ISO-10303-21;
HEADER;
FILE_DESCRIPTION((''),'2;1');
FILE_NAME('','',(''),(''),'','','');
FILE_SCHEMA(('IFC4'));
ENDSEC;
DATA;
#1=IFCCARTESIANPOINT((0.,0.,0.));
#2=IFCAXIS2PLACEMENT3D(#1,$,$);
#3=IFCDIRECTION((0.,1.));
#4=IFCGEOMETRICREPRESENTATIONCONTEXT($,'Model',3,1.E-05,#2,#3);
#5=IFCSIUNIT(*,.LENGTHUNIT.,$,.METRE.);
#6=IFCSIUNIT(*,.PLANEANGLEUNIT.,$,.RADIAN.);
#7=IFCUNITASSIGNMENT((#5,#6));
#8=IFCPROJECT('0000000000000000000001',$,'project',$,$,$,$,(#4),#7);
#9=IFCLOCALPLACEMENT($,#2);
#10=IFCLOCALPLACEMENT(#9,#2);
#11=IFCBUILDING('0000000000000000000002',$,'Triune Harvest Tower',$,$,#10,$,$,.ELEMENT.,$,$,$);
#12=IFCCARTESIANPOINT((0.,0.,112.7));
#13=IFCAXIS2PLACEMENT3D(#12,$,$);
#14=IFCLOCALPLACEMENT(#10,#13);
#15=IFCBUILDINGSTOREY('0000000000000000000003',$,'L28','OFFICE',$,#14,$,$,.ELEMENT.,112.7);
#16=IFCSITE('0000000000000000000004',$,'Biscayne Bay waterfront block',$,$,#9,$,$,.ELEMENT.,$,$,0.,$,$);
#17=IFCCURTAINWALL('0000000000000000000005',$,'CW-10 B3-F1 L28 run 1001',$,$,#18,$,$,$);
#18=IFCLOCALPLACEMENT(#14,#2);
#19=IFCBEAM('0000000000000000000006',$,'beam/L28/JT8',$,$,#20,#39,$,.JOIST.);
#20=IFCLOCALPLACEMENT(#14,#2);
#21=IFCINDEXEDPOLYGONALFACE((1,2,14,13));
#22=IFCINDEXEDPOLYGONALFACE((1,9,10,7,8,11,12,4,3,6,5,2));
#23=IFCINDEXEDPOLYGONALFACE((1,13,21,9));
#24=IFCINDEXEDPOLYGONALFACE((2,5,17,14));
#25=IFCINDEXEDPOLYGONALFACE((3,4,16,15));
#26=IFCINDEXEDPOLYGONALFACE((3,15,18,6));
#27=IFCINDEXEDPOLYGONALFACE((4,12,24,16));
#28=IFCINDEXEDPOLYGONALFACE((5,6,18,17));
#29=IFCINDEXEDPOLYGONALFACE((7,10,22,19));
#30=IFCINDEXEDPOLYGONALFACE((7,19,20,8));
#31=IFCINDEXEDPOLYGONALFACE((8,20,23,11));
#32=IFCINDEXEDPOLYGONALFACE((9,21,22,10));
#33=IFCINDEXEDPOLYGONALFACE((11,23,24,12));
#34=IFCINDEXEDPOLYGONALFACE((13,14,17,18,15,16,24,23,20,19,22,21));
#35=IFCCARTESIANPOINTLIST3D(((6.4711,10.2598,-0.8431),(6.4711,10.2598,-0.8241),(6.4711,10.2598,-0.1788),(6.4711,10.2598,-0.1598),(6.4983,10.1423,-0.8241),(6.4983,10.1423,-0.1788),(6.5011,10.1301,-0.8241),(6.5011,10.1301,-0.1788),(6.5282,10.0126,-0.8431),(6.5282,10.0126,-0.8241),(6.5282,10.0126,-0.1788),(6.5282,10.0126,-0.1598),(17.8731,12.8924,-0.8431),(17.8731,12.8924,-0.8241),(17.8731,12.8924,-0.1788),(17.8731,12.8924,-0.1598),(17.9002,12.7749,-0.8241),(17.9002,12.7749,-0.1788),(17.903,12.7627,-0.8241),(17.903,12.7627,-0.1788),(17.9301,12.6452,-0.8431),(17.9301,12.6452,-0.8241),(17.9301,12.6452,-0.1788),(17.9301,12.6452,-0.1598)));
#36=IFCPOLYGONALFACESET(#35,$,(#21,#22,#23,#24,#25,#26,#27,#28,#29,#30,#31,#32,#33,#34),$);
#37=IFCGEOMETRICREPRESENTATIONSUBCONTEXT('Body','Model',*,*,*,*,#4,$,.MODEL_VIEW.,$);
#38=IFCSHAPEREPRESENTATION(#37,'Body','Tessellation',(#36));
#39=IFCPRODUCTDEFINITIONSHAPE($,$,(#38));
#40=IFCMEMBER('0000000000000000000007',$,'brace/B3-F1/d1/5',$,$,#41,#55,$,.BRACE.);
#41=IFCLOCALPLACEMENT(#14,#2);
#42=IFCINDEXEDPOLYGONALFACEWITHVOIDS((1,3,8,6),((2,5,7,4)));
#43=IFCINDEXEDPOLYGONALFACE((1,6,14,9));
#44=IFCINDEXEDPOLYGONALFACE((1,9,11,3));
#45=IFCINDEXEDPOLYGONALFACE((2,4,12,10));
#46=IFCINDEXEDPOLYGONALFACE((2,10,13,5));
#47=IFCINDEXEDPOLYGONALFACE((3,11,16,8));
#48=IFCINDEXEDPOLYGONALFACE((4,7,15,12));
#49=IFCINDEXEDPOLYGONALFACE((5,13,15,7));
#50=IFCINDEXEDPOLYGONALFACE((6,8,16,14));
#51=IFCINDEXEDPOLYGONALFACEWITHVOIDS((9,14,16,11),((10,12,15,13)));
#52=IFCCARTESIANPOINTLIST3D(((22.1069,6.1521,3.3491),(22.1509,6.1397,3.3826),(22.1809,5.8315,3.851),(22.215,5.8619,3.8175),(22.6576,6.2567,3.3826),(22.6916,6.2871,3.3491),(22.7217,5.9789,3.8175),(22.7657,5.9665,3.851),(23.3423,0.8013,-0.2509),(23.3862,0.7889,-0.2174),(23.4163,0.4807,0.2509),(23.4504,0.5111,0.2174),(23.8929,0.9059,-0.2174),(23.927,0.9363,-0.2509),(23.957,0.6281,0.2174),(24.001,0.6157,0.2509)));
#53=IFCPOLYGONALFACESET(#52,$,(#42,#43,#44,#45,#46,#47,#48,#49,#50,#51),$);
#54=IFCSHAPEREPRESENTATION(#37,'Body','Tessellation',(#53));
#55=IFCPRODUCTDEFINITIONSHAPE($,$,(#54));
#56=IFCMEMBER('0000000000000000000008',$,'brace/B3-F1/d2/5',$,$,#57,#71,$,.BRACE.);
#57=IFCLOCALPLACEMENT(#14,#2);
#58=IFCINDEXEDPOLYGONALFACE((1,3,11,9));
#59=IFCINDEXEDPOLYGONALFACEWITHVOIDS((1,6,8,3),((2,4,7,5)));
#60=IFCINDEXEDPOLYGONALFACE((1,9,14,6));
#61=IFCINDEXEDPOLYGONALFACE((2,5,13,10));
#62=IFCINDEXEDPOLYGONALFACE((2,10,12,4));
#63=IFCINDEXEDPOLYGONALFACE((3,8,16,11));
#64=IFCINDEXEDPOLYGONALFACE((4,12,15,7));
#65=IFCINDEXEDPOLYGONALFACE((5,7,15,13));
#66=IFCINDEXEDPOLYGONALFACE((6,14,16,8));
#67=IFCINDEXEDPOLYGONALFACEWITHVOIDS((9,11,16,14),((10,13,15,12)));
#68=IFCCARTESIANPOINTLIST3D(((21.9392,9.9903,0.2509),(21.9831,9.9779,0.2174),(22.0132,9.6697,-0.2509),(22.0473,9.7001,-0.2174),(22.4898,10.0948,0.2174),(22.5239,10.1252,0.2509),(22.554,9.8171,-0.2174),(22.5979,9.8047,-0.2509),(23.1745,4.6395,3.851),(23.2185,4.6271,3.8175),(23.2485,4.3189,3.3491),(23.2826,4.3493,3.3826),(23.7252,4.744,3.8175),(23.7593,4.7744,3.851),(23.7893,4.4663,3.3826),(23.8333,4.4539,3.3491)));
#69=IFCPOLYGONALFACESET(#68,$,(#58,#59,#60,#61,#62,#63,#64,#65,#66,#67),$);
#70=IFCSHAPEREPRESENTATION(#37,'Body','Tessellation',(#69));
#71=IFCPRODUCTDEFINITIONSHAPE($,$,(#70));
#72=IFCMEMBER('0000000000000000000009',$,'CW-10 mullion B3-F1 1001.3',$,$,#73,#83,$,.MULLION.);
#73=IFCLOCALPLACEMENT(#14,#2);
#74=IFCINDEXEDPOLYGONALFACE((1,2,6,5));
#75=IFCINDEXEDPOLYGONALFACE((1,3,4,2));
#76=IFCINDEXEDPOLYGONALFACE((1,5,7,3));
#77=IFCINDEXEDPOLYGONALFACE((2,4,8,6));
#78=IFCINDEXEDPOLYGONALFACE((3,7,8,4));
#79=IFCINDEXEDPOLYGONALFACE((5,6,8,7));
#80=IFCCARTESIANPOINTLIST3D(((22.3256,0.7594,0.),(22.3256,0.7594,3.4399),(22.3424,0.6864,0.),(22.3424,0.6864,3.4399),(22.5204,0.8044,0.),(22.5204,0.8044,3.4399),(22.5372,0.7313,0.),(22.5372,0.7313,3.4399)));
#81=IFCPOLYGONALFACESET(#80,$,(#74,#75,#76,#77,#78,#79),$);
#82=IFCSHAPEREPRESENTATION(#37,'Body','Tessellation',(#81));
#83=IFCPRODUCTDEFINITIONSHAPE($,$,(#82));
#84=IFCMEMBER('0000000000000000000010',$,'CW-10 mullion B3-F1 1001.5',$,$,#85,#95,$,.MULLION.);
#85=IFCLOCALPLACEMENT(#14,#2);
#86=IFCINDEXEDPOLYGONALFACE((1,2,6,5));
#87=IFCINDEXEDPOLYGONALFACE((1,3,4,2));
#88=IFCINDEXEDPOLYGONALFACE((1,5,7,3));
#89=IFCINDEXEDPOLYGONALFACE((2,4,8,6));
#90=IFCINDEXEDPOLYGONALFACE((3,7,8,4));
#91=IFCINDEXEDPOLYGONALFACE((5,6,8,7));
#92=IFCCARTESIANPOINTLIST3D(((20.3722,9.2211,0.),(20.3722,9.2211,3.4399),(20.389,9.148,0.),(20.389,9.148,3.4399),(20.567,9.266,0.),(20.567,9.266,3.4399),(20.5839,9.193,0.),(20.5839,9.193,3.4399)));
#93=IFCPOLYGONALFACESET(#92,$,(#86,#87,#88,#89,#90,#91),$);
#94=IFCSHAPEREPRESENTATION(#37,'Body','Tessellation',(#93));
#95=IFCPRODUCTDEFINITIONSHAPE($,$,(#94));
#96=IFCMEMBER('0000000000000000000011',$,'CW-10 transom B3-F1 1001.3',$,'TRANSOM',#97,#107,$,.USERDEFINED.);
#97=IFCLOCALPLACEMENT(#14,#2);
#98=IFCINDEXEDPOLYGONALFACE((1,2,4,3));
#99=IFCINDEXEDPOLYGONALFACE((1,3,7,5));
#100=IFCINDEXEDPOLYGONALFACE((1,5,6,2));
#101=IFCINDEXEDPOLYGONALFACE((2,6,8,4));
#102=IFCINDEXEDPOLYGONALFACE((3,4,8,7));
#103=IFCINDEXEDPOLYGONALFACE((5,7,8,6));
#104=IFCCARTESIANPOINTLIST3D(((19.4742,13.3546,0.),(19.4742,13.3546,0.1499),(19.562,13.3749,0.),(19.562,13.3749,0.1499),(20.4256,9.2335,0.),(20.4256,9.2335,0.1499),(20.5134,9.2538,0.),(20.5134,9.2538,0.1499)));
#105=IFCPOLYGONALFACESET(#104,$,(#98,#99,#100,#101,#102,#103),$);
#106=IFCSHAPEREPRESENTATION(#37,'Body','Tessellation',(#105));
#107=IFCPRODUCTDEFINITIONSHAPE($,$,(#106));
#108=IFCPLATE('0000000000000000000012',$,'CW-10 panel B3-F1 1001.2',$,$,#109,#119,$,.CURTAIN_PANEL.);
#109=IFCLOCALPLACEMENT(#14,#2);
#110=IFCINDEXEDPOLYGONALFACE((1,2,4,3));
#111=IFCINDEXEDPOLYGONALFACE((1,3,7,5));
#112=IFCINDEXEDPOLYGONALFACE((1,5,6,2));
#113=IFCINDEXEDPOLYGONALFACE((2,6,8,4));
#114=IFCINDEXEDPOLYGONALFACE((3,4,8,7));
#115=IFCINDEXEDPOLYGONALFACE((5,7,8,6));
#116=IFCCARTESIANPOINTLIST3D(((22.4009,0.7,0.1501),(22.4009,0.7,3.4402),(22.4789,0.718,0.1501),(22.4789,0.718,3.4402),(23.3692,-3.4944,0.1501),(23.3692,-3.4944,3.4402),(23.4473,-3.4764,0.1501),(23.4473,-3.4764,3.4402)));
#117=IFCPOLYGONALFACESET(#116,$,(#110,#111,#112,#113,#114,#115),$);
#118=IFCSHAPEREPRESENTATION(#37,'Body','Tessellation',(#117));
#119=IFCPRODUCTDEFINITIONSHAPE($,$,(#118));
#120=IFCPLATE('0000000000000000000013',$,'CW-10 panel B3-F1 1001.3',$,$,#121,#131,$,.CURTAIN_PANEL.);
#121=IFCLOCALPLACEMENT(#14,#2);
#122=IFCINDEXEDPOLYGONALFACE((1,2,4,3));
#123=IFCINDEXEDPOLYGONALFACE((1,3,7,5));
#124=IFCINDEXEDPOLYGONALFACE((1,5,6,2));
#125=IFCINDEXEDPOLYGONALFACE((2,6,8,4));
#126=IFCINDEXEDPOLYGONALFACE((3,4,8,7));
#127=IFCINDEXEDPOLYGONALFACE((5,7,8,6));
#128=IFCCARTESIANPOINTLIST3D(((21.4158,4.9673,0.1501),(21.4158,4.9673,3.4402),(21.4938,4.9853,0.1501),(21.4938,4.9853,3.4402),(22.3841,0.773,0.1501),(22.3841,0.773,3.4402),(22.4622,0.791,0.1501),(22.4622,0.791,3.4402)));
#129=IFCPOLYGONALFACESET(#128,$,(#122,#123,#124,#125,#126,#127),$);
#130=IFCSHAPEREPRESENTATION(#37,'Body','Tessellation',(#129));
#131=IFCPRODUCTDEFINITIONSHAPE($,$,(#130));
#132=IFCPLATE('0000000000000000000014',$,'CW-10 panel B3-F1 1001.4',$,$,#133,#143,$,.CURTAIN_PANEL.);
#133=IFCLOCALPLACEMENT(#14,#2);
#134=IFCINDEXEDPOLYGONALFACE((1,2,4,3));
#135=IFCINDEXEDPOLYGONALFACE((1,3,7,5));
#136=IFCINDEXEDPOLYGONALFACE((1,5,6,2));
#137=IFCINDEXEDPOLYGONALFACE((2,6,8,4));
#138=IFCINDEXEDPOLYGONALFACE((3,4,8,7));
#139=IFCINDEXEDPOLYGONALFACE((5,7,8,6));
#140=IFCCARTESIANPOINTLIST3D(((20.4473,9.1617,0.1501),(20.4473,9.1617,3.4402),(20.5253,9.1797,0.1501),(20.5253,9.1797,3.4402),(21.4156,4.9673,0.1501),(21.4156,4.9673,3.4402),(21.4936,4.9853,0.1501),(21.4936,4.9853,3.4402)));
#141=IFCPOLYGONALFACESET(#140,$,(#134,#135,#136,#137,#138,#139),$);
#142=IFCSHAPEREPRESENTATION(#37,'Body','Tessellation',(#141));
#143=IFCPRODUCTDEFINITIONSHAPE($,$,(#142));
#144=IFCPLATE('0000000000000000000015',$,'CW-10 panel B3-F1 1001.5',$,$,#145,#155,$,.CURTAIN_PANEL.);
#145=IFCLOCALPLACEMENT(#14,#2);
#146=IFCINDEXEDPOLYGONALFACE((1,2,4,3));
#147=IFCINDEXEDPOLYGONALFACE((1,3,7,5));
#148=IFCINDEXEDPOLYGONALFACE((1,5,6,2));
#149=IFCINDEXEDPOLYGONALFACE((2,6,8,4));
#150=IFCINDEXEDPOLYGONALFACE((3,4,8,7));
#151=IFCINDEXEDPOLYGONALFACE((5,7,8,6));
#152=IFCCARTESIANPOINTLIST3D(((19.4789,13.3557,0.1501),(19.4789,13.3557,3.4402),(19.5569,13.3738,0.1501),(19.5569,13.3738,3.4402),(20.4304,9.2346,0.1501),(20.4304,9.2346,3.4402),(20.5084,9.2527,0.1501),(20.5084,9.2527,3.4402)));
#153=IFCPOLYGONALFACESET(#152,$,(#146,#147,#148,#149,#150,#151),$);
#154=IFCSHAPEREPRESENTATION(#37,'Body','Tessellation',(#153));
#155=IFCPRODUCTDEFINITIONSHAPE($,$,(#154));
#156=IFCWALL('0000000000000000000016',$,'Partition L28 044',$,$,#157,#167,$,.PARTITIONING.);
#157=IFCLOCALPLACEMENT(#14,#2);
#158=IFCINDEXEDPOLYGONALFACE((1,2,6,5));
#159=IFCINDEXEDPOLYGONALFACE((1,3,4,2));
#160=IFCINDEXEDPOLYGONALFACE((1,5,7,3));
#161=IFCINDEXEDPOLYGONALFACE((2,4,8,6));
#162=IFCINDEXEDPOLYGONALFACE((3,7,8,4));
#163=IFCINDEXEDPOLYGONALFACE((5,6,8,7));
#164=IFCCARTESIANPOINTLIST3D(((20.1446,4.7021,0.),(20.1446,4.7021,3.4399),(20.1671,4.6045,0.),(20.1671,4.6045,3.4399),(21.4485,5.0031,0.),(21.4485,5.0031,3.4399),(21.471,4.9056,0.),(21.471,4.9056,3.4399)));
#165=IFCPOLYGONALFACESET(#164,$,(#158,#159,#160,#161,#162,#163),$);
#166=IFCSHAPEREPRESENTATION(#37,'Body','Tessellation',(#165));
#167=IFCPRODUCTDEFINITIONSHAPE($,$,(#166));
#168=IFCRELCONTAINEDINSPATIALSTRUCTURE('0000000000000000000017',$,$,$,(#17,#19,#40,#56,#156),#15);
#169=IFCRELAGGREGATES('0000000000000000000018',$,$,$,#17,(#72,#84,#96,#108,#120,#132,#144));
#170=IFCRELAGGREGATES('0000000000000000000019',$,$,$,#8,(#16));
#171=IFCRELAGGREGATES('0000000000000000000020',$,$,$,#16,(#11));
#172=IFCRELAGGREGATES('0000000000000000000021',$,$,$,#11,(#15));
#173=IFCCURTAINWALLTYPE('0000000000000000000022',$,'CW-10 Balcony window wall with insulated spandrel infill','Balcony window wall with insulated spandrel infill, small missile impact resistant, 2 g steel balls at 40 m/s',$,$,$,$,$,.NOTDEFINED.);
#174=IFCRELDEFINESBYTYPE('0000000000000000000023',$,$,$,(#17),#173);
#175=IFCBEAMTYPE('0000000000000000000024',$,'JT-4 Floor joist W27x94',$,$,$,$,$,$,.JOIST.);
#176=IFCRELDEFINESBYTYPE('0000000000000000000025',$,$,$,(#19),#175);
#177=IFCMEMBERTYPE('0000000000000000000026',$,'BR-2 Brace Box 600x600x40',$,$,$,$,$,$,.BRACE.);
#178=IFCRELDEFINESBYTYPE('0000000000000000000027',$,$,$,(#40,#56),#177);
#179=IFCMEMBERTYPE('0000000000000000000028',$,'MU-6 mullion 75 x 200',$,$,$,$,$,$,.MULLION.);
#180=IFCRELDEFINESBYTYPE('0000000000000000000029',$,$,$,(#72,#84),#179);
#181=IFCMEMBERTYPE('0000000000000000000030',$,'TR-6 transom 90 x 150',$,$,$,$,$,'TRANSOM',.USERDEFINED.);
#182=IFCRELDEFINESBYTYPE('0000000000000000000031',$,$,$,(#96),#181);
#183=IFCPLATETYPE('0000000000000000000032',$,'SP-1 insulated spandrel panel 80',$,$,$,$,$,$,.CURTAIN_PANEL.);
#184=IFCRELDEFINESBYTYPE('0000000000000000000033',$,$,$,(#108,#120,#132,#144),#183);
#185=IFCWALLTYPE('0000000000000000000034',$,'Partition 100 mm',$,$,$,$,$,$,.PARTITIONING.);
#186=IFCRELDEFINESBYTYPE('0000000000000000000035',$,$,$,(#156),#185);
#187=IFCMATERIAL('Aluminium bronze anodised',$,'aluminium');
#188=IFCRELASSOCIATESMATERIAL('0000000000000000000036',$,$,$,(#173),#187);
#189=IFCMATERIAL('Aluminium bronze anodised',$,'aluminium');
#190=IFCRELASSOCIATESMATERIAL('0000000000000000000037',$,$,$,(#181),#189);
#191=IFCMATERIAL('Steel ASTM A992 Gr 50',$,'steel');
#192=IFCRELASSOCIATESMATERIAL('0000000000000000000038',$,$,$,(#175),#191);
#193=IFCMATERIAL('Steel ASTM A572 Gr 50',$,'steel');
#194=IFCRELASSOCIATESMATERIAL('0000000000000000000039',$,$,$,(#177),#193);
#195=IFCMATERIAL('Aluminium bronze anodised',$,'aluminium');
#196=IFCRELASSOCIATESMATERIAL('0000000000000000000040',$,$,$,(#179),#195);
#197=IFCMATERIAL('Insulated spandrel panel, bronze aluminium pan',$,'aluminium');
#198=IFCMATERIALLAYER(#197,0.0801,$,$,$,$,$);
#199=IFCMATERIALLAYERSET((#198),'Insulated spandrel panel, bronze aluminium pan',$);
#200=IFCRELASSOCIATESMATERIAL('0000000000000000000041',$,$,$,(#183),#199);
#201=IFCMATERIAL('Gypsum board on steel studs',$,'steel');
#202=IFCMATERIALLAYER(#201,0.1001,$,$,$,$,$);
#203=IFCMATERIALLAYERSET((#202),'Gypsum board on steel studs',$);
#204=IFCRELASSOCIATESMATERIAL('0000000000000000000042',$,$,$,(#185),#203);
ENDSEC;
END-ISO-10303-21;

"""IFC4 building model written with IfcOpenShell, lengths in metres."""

from ifc_helpers import new_model, si_unit, direction, frame, frame_2d, origin, origin_2d, place, context, subcontext, project, spatial, rectangle, hollow_rectangle, i_section, extrude, source, transform, mapped, material, layer, layer_set, material_profile, profile_set, type_object, element, aggregate, save


model = new_model("IFC4")

# Units and contexts
model_context = context("Model", 3, precision=1e-05, world=origin(), true_north=direction((0.0, 1.0)))
body_context = subcontext(model_context, "Body", "Model", "MODEL_VIEW")
ifc_project = project(units=[si_unit("LENGTHUNIT", "METRE"), si_unit("PLANEANGLEUNIT", "RADIAN")], contexts=[model_context])

# Site, building, storey
site_placement = place(None, origin())
site = spatial("IfcSite", under=ifc_project, at=site_placement, Name="Biscayne Bay waterfront block", CompositionType="ELEMENT", RefElevation=0.0)
building_placement = place(site_placement, origin())
building = spatial("IfcBuilding", under=site, at=building_placement, Name="Triune Harvest Tower", CompositionType="ELEMENT")
storey_placement = place(building_placement, frame((0.0, 0.0, 112.7)))
storey = spatial("IfcBuildingStorey", under=building, at=storey_placement, Name="L28", Description="OFFICE", CompositionType="ELEMENT", Elevation=112.7)

# Curtain wall
ifc_material_1 = material(Name="Aluminium bronze anodised", Category="aluminium")
curtain_wall_type = type_object("IfcCurtainWallType", Name="CW-10 Balcony window wall with insulated spandrel infill", Description="Balcony window wall with insulated spandrel infill, small missile impact resistant, 2 g steel balls at 40 m/s", PredefinedType="NOTDEFINED", material=ifc_material_1)
curtain_wall_placement = place(storey_placement, origin())
curtain_wall = element("IfcCurtainWall", 1, at=curtain_wall_placement, inside=storey, type_object=curtain_wall_type, Name="CW-10 B3-F1 L28 run 1001")
ifc_material_2 = material(Name="Aluminium bronze anodised", Category="aluminium")
ifc_material_profile_1 = material_profile(ifc_material_2, rectangle(XDim=0.0901, YDim=0.1499, at=origin_2d()), Name="TR-6 transom 90 x 150")
ifc_profile_set_1 = profile_set([ifc_material_profile_1], Name="Aluminium bronze anodised")
member_type_1 = type_object("IfcMemberType", Name="TR-6 transom 90 x 150", ElementType="TRANSOM", PredefinedType="USERDEFINED", material=ifc_profile_set_1)

# Beam
ifc_material_3 = material(Name="Steel ASTM A992 Gr 50", Category="steel")
ifc_material_profile_2 = material_profile(ifc_material_3, i_section(OverallWidth=0.2537, OverallDepth=0.6833, WebThickness=0.0125, FlangeThickness=0.019, at=origin_2d()), Name="W27x94")
ifc_profile_set_2 = profile_set([ifc_material_profile_2], Name="Steel ASTM A992 Gr 50")
beam_type_1 = type_object("IfcBeamType", Name="JT-4 Floor joist W27x94", PredefinedType="JOIST", material=ifc_profile_set_2)
shared_shape_1 = source(origin(), body_context, "Body", "SweptSolid", [
    extrude(i_section(OverallWidth=0.2537, OverallDepth=0.6833, WebThickness=0.0125, FlangeThickness=0.019, at=origin_2d()), origin(), (0.0, 0.0, 1.0), 11.7019),
])
beam_1_placement = place(storey_placement, frame((17.9016, 12.7688, -0.5015), z_axis=(-0.974366, -0.224971, 0.0), x_axis=(0.224971, -0.974366, 0.0)))
element("IfcBeam", 2, at=beam_1_placement, inside=storey, type_object=beam_type_1, Name="beam/L28/JT8", PredefinedType="JOIST", context=body_context, shape_type="MappedRepresentation", body=[
    mapped(shared_shape_1, transform((0.0, 0.0, 0.0), scale=1.0)),
])

# Members
ifc_material_4 = material(Name="Steel ASTM A572 Gr 50", Category="steel")
ifc_material_profile_3 = material_profile(ifc_material_4, hollow_rectangle(XDim=0.6001, YDim=0.6001, WallThickness=0.04, at=origin_2d()), Name="Box 600x600x40")
ifc_profile_set_3 = profile_set([ifc_material_profile_3], Name="Steel ASTM A572 Gr 50")
member_type_2 = type_object("IfcMemberType", Name="BR-2 Brace Box 600x600x40", PredefinedType="BRACE", material=ifc_profile_set_3)
shared_shape_2 = source(origin(), body_context, "Body", "SweptSolid", [
    extrude(hollow_rectangle(XDim=0.6001, YDim=0.6001, WallThickness=0.04, at=origin_2d()), origin(), (0.0, 0.0, 1.0), 6.5664),
])
for number, where, z_axis, x_axis, name in (
    (3, (23.6716, 0.7085, 0.0), (-0.188131, 0.814875, 0.548257), (-0.974369, -0.224954, 0.0), "brace/B3-F1/d1/5"),
    (4, (22.2686, 9.8975, 0.0), (0.188131, -0.814875, 0.548257), (0.974369, 0.224954, 0.0), "brace/B3-F1/d2/5"),
):
    element("IfcMember", number, at=place(storey_placement, frame(where, z_axis=z_axis, x_axis=x_axis)), inside=storey, type_object=member_type_2, Name=name, PredefinedType="BRACE", context=body_context, shape_type="MappedRepresentation", body=[
        mapped(shared_shape_2, transform((0.0, 0.0, 0.0), scale=1.0)),
    ])

# Members
ifc_material_5 = material(Name="Aluminium bronze anodised", Category="aluminium")
ifc_material_profile_4 = material_profile(ifc_material_5, rectangle(XDim=0.2, YDim=0.075, at=origin_2d()), Name="MU-6 mullion 75 x 200")
ifc_profile_set_4 = profile_set([ifc_material_profile_4], Name="Aluminium bronze anodised")
member_type_3 = type_object("IfcMemberType", Name="MU-6 mullion 75 x 200", PredefinedType="MULLION", material=ifc_profile_set_4)
shared_shape_3 = source(origin(), body_context, "Body", "SweptSolid", [
    extrude(rectangle(XDim=0.2, YDim=0.075, at=origin_2d()), origin(), (0.0, 0.0, 1.0), 3.4399),
])
member_1_placement = place(storey_placement, frame((22.4314, 0.7454, 0.0), z_axis=(0.0, 0.0, 1.0), x_axis=(-0.97437, -0.224952, 0.0)))
member_1 = element("IfcMember", 5, at=member_1_placement, type_object=member_type_3, Name="CW-10 mullion B3-F1 1001.3", PredefinedType="MULLION", context=body_context, shape_type="MappedRepresentation", body=[
    mapped(shared_shape_3, transform((0.0, 0.0, 0.0), scale=1.0)),
])
member_2_placement = place(storey_placement, frame((20.478, 9.207, 0.0), z_axis=(0.0, 0.0, 1.0), x_axis=(-0.97437, -0.224952, 0.0)))
member_2 = element("IfcMember", 6, at=member_2_placement, type_object=member_type_3, Name="CW-10 mullion B3-F1 1001.5", PredefinedType="MULLION", context=body_context, shape_type="MappedRepresentation", body=[
    mapped(shared_shape_3, transform((0.0, 0.0, 0.0), scale=1.0)),
])
shared_shape_4 = source(origin(), body_context, "Body", "SweptSolid", [
    extrude(rectangle(XDim=0.0901, YDim=0.1499, at=origin_2d()), origin(), (0.0, 0.0, 1.0), 4.2295),
])
member_3_placement = place(storey_placement, frame((20.4695, 9.2437, 0.075), z_axis=(-0.224948, 0.974371, 0.0), x_axis=(-0.974371, -0.224948, 0.0)))
member_3 = element("IfcMember", 7, at=member_3_placement, type_object=member_type_1, Name="CW-10 transom B3-F1 1001.3", ObjectType="TRANSOM", PredefinedType="USERDEFINED", context=body_context, shape_type="MappedRepresentation", body=[
    mapped(shared_shape_4, transform((0.0, 0.0, 0.0), scale=1.0)),
])

# Plates
ifc_material_6 = material(Name="Insulated spandrel panel, bronze aluminium pan", Category="aluminium")
ifc_layer_1 = layer(ifc_material_6, 0.0801)
ifc_layer_set_1 = layer_set([ifc_layer_1], Name="Insulated spandrel panel, bronze aluminium pan")
plate_type = type_object("IfcPlateType", Name="SP-1 insulated spandrel panel 80", PredefinedType="CURTAIN_PANEL", material=ifc_layer_set_1)
shared_shape_5 = source(origin(), body_context, "Body", "SweptSolid", [
    extrude(rectangle(XDim=4.3047, YDim=0.0801, at=origin_2d()), origin(), (0.0, 0.0, 1.0), 3.29),
])
plate_1_placement = place(storey_placement, frame((22.9241, -1.3882, 0.1501), z_axis=(0.0, 0.0, 1.0), x_axis=(-0.224952, 0.97437, 0.0)))
plate_1 = element("IfcPlate", 8, at=plate_1_placement, type_object=plate_type, Name="CW-10 panel B3-F1 1001.2", PredefinedType="CURTAIN_PANEL", context=body_context, shape_type="MappedRepresentation", body=[
    mapped(shared_shape_5, transform((0.0, 0.0, 0.0), scale=1.0)),
])
plate_2_placement = place(storey_placement, frame((21.939, 2.8792, 0.1501), z_axis=(0.0, 0.0, 1.0), x_axis=(-0.224952, 0.97437, 0.0)))
plate_2 = element("IfcPlate", 9, at=plate_2_placement, type_object=plate_type, Name="CW-10 panel B3-F1 1001.3", PredefinedType="CURTAIN_PANEL", context=body_context, shape_type="MappedRepresentation", body=[
    mapped(shared_shape_5, transform((0.0, 0.0, 0.0), scale=1.0)),
])
plate_3_placement = place(storey_placement, frame((20.9705, 7.0735, 0.1501), z_axis=(0.0, 0.0, 1.0), x_axis=(-0.224952, 0.97437, 0.0)))
plate_3 = element("IfcPlate", 10, at=plate_3_placement, type_object=plate_type, Name="CW-10 panel B3-F1 1001.4", PredefinedType="CURTAIN_PANEL", context=body_context, shape_type="MappedRepresentation", body=[
    mapped(shared_shape_5, transform((0.0, 0.0, 0.0), scale=1.0)),
])
shared_shape_6 = source(origin(), body_context, "Body", "SweptSolid", [
    extrude(rectangle(XDim=4.2295, YDim=0.0801, at=origin_2d()), origin(), (0.0, 0.0, 1.0), 3.29),
])
plate_4_placement = place(storey_placement, frame((19.9937, 11.3042, 0.1501), z_axis=(0.0, 0.0, 1.0), x_axis=(-0.224952, 0.97437, 0.0)))
plate_4 = element("IfcPlate", 11, at=plate_4_placement, type_object=plate_type, Name="CW-10 panel B3-F1 1001.5", PredefinedType="CURTAIN_PANEL", context=body_context, shape_type="MappedRepresentation", body=[
    mapped(shared_shape_6, transform((0.0, 0.0, 0.0), scale=1.0)),
])
aggregate(curtain_wall, [member_1, member_2, member_3, plate_1, plate_2, plate_3, plate_4])

# Wall
ifc_material_7 = material(Name="Gypsum board on steel studs", Category="steel")
ifc_layer_2 = layer(ifc_material_7, 0.1001)
ifc_layer_set_2 = layer_set([ifc_layer_2], Name="Gypsum board on steel studs")
wall_type_1 = type_object("IfcWallType", Name="Partition 100 mm", PredefinedType="PARTITIONING", material=ifc_layer_set_2)
shared_shape_7 = source(origin(), body_context, "Body", "SweptSolid", [
    extrude(rectangle(XDim=1.3381, YDim=0.1001, at=frame_2d((0.6689, 0.0))), origin(), (0.0, 0.0, 1.0), 3.4399),
])
wall_1_placement = place(storey_placement, frame((20.156, 4.6533, 0.0), z_axis=(0.0, 0.0, 1.0), x_axis=(0.974364, 0.224979, 0.0)))
element("IfcWall", 12, at=wall_1_placement, inside=storey, type_object=wall_type_1, Name="Partition L28 044", PredefinedType="PARTITIONING", context=body_context, shape_type="MappedRepresentation", body=[
    mapped(shared_shape_7, transform((0.0, 0.0, 0.0), scale=1.0)),
])

save(model, "model.ifc")
